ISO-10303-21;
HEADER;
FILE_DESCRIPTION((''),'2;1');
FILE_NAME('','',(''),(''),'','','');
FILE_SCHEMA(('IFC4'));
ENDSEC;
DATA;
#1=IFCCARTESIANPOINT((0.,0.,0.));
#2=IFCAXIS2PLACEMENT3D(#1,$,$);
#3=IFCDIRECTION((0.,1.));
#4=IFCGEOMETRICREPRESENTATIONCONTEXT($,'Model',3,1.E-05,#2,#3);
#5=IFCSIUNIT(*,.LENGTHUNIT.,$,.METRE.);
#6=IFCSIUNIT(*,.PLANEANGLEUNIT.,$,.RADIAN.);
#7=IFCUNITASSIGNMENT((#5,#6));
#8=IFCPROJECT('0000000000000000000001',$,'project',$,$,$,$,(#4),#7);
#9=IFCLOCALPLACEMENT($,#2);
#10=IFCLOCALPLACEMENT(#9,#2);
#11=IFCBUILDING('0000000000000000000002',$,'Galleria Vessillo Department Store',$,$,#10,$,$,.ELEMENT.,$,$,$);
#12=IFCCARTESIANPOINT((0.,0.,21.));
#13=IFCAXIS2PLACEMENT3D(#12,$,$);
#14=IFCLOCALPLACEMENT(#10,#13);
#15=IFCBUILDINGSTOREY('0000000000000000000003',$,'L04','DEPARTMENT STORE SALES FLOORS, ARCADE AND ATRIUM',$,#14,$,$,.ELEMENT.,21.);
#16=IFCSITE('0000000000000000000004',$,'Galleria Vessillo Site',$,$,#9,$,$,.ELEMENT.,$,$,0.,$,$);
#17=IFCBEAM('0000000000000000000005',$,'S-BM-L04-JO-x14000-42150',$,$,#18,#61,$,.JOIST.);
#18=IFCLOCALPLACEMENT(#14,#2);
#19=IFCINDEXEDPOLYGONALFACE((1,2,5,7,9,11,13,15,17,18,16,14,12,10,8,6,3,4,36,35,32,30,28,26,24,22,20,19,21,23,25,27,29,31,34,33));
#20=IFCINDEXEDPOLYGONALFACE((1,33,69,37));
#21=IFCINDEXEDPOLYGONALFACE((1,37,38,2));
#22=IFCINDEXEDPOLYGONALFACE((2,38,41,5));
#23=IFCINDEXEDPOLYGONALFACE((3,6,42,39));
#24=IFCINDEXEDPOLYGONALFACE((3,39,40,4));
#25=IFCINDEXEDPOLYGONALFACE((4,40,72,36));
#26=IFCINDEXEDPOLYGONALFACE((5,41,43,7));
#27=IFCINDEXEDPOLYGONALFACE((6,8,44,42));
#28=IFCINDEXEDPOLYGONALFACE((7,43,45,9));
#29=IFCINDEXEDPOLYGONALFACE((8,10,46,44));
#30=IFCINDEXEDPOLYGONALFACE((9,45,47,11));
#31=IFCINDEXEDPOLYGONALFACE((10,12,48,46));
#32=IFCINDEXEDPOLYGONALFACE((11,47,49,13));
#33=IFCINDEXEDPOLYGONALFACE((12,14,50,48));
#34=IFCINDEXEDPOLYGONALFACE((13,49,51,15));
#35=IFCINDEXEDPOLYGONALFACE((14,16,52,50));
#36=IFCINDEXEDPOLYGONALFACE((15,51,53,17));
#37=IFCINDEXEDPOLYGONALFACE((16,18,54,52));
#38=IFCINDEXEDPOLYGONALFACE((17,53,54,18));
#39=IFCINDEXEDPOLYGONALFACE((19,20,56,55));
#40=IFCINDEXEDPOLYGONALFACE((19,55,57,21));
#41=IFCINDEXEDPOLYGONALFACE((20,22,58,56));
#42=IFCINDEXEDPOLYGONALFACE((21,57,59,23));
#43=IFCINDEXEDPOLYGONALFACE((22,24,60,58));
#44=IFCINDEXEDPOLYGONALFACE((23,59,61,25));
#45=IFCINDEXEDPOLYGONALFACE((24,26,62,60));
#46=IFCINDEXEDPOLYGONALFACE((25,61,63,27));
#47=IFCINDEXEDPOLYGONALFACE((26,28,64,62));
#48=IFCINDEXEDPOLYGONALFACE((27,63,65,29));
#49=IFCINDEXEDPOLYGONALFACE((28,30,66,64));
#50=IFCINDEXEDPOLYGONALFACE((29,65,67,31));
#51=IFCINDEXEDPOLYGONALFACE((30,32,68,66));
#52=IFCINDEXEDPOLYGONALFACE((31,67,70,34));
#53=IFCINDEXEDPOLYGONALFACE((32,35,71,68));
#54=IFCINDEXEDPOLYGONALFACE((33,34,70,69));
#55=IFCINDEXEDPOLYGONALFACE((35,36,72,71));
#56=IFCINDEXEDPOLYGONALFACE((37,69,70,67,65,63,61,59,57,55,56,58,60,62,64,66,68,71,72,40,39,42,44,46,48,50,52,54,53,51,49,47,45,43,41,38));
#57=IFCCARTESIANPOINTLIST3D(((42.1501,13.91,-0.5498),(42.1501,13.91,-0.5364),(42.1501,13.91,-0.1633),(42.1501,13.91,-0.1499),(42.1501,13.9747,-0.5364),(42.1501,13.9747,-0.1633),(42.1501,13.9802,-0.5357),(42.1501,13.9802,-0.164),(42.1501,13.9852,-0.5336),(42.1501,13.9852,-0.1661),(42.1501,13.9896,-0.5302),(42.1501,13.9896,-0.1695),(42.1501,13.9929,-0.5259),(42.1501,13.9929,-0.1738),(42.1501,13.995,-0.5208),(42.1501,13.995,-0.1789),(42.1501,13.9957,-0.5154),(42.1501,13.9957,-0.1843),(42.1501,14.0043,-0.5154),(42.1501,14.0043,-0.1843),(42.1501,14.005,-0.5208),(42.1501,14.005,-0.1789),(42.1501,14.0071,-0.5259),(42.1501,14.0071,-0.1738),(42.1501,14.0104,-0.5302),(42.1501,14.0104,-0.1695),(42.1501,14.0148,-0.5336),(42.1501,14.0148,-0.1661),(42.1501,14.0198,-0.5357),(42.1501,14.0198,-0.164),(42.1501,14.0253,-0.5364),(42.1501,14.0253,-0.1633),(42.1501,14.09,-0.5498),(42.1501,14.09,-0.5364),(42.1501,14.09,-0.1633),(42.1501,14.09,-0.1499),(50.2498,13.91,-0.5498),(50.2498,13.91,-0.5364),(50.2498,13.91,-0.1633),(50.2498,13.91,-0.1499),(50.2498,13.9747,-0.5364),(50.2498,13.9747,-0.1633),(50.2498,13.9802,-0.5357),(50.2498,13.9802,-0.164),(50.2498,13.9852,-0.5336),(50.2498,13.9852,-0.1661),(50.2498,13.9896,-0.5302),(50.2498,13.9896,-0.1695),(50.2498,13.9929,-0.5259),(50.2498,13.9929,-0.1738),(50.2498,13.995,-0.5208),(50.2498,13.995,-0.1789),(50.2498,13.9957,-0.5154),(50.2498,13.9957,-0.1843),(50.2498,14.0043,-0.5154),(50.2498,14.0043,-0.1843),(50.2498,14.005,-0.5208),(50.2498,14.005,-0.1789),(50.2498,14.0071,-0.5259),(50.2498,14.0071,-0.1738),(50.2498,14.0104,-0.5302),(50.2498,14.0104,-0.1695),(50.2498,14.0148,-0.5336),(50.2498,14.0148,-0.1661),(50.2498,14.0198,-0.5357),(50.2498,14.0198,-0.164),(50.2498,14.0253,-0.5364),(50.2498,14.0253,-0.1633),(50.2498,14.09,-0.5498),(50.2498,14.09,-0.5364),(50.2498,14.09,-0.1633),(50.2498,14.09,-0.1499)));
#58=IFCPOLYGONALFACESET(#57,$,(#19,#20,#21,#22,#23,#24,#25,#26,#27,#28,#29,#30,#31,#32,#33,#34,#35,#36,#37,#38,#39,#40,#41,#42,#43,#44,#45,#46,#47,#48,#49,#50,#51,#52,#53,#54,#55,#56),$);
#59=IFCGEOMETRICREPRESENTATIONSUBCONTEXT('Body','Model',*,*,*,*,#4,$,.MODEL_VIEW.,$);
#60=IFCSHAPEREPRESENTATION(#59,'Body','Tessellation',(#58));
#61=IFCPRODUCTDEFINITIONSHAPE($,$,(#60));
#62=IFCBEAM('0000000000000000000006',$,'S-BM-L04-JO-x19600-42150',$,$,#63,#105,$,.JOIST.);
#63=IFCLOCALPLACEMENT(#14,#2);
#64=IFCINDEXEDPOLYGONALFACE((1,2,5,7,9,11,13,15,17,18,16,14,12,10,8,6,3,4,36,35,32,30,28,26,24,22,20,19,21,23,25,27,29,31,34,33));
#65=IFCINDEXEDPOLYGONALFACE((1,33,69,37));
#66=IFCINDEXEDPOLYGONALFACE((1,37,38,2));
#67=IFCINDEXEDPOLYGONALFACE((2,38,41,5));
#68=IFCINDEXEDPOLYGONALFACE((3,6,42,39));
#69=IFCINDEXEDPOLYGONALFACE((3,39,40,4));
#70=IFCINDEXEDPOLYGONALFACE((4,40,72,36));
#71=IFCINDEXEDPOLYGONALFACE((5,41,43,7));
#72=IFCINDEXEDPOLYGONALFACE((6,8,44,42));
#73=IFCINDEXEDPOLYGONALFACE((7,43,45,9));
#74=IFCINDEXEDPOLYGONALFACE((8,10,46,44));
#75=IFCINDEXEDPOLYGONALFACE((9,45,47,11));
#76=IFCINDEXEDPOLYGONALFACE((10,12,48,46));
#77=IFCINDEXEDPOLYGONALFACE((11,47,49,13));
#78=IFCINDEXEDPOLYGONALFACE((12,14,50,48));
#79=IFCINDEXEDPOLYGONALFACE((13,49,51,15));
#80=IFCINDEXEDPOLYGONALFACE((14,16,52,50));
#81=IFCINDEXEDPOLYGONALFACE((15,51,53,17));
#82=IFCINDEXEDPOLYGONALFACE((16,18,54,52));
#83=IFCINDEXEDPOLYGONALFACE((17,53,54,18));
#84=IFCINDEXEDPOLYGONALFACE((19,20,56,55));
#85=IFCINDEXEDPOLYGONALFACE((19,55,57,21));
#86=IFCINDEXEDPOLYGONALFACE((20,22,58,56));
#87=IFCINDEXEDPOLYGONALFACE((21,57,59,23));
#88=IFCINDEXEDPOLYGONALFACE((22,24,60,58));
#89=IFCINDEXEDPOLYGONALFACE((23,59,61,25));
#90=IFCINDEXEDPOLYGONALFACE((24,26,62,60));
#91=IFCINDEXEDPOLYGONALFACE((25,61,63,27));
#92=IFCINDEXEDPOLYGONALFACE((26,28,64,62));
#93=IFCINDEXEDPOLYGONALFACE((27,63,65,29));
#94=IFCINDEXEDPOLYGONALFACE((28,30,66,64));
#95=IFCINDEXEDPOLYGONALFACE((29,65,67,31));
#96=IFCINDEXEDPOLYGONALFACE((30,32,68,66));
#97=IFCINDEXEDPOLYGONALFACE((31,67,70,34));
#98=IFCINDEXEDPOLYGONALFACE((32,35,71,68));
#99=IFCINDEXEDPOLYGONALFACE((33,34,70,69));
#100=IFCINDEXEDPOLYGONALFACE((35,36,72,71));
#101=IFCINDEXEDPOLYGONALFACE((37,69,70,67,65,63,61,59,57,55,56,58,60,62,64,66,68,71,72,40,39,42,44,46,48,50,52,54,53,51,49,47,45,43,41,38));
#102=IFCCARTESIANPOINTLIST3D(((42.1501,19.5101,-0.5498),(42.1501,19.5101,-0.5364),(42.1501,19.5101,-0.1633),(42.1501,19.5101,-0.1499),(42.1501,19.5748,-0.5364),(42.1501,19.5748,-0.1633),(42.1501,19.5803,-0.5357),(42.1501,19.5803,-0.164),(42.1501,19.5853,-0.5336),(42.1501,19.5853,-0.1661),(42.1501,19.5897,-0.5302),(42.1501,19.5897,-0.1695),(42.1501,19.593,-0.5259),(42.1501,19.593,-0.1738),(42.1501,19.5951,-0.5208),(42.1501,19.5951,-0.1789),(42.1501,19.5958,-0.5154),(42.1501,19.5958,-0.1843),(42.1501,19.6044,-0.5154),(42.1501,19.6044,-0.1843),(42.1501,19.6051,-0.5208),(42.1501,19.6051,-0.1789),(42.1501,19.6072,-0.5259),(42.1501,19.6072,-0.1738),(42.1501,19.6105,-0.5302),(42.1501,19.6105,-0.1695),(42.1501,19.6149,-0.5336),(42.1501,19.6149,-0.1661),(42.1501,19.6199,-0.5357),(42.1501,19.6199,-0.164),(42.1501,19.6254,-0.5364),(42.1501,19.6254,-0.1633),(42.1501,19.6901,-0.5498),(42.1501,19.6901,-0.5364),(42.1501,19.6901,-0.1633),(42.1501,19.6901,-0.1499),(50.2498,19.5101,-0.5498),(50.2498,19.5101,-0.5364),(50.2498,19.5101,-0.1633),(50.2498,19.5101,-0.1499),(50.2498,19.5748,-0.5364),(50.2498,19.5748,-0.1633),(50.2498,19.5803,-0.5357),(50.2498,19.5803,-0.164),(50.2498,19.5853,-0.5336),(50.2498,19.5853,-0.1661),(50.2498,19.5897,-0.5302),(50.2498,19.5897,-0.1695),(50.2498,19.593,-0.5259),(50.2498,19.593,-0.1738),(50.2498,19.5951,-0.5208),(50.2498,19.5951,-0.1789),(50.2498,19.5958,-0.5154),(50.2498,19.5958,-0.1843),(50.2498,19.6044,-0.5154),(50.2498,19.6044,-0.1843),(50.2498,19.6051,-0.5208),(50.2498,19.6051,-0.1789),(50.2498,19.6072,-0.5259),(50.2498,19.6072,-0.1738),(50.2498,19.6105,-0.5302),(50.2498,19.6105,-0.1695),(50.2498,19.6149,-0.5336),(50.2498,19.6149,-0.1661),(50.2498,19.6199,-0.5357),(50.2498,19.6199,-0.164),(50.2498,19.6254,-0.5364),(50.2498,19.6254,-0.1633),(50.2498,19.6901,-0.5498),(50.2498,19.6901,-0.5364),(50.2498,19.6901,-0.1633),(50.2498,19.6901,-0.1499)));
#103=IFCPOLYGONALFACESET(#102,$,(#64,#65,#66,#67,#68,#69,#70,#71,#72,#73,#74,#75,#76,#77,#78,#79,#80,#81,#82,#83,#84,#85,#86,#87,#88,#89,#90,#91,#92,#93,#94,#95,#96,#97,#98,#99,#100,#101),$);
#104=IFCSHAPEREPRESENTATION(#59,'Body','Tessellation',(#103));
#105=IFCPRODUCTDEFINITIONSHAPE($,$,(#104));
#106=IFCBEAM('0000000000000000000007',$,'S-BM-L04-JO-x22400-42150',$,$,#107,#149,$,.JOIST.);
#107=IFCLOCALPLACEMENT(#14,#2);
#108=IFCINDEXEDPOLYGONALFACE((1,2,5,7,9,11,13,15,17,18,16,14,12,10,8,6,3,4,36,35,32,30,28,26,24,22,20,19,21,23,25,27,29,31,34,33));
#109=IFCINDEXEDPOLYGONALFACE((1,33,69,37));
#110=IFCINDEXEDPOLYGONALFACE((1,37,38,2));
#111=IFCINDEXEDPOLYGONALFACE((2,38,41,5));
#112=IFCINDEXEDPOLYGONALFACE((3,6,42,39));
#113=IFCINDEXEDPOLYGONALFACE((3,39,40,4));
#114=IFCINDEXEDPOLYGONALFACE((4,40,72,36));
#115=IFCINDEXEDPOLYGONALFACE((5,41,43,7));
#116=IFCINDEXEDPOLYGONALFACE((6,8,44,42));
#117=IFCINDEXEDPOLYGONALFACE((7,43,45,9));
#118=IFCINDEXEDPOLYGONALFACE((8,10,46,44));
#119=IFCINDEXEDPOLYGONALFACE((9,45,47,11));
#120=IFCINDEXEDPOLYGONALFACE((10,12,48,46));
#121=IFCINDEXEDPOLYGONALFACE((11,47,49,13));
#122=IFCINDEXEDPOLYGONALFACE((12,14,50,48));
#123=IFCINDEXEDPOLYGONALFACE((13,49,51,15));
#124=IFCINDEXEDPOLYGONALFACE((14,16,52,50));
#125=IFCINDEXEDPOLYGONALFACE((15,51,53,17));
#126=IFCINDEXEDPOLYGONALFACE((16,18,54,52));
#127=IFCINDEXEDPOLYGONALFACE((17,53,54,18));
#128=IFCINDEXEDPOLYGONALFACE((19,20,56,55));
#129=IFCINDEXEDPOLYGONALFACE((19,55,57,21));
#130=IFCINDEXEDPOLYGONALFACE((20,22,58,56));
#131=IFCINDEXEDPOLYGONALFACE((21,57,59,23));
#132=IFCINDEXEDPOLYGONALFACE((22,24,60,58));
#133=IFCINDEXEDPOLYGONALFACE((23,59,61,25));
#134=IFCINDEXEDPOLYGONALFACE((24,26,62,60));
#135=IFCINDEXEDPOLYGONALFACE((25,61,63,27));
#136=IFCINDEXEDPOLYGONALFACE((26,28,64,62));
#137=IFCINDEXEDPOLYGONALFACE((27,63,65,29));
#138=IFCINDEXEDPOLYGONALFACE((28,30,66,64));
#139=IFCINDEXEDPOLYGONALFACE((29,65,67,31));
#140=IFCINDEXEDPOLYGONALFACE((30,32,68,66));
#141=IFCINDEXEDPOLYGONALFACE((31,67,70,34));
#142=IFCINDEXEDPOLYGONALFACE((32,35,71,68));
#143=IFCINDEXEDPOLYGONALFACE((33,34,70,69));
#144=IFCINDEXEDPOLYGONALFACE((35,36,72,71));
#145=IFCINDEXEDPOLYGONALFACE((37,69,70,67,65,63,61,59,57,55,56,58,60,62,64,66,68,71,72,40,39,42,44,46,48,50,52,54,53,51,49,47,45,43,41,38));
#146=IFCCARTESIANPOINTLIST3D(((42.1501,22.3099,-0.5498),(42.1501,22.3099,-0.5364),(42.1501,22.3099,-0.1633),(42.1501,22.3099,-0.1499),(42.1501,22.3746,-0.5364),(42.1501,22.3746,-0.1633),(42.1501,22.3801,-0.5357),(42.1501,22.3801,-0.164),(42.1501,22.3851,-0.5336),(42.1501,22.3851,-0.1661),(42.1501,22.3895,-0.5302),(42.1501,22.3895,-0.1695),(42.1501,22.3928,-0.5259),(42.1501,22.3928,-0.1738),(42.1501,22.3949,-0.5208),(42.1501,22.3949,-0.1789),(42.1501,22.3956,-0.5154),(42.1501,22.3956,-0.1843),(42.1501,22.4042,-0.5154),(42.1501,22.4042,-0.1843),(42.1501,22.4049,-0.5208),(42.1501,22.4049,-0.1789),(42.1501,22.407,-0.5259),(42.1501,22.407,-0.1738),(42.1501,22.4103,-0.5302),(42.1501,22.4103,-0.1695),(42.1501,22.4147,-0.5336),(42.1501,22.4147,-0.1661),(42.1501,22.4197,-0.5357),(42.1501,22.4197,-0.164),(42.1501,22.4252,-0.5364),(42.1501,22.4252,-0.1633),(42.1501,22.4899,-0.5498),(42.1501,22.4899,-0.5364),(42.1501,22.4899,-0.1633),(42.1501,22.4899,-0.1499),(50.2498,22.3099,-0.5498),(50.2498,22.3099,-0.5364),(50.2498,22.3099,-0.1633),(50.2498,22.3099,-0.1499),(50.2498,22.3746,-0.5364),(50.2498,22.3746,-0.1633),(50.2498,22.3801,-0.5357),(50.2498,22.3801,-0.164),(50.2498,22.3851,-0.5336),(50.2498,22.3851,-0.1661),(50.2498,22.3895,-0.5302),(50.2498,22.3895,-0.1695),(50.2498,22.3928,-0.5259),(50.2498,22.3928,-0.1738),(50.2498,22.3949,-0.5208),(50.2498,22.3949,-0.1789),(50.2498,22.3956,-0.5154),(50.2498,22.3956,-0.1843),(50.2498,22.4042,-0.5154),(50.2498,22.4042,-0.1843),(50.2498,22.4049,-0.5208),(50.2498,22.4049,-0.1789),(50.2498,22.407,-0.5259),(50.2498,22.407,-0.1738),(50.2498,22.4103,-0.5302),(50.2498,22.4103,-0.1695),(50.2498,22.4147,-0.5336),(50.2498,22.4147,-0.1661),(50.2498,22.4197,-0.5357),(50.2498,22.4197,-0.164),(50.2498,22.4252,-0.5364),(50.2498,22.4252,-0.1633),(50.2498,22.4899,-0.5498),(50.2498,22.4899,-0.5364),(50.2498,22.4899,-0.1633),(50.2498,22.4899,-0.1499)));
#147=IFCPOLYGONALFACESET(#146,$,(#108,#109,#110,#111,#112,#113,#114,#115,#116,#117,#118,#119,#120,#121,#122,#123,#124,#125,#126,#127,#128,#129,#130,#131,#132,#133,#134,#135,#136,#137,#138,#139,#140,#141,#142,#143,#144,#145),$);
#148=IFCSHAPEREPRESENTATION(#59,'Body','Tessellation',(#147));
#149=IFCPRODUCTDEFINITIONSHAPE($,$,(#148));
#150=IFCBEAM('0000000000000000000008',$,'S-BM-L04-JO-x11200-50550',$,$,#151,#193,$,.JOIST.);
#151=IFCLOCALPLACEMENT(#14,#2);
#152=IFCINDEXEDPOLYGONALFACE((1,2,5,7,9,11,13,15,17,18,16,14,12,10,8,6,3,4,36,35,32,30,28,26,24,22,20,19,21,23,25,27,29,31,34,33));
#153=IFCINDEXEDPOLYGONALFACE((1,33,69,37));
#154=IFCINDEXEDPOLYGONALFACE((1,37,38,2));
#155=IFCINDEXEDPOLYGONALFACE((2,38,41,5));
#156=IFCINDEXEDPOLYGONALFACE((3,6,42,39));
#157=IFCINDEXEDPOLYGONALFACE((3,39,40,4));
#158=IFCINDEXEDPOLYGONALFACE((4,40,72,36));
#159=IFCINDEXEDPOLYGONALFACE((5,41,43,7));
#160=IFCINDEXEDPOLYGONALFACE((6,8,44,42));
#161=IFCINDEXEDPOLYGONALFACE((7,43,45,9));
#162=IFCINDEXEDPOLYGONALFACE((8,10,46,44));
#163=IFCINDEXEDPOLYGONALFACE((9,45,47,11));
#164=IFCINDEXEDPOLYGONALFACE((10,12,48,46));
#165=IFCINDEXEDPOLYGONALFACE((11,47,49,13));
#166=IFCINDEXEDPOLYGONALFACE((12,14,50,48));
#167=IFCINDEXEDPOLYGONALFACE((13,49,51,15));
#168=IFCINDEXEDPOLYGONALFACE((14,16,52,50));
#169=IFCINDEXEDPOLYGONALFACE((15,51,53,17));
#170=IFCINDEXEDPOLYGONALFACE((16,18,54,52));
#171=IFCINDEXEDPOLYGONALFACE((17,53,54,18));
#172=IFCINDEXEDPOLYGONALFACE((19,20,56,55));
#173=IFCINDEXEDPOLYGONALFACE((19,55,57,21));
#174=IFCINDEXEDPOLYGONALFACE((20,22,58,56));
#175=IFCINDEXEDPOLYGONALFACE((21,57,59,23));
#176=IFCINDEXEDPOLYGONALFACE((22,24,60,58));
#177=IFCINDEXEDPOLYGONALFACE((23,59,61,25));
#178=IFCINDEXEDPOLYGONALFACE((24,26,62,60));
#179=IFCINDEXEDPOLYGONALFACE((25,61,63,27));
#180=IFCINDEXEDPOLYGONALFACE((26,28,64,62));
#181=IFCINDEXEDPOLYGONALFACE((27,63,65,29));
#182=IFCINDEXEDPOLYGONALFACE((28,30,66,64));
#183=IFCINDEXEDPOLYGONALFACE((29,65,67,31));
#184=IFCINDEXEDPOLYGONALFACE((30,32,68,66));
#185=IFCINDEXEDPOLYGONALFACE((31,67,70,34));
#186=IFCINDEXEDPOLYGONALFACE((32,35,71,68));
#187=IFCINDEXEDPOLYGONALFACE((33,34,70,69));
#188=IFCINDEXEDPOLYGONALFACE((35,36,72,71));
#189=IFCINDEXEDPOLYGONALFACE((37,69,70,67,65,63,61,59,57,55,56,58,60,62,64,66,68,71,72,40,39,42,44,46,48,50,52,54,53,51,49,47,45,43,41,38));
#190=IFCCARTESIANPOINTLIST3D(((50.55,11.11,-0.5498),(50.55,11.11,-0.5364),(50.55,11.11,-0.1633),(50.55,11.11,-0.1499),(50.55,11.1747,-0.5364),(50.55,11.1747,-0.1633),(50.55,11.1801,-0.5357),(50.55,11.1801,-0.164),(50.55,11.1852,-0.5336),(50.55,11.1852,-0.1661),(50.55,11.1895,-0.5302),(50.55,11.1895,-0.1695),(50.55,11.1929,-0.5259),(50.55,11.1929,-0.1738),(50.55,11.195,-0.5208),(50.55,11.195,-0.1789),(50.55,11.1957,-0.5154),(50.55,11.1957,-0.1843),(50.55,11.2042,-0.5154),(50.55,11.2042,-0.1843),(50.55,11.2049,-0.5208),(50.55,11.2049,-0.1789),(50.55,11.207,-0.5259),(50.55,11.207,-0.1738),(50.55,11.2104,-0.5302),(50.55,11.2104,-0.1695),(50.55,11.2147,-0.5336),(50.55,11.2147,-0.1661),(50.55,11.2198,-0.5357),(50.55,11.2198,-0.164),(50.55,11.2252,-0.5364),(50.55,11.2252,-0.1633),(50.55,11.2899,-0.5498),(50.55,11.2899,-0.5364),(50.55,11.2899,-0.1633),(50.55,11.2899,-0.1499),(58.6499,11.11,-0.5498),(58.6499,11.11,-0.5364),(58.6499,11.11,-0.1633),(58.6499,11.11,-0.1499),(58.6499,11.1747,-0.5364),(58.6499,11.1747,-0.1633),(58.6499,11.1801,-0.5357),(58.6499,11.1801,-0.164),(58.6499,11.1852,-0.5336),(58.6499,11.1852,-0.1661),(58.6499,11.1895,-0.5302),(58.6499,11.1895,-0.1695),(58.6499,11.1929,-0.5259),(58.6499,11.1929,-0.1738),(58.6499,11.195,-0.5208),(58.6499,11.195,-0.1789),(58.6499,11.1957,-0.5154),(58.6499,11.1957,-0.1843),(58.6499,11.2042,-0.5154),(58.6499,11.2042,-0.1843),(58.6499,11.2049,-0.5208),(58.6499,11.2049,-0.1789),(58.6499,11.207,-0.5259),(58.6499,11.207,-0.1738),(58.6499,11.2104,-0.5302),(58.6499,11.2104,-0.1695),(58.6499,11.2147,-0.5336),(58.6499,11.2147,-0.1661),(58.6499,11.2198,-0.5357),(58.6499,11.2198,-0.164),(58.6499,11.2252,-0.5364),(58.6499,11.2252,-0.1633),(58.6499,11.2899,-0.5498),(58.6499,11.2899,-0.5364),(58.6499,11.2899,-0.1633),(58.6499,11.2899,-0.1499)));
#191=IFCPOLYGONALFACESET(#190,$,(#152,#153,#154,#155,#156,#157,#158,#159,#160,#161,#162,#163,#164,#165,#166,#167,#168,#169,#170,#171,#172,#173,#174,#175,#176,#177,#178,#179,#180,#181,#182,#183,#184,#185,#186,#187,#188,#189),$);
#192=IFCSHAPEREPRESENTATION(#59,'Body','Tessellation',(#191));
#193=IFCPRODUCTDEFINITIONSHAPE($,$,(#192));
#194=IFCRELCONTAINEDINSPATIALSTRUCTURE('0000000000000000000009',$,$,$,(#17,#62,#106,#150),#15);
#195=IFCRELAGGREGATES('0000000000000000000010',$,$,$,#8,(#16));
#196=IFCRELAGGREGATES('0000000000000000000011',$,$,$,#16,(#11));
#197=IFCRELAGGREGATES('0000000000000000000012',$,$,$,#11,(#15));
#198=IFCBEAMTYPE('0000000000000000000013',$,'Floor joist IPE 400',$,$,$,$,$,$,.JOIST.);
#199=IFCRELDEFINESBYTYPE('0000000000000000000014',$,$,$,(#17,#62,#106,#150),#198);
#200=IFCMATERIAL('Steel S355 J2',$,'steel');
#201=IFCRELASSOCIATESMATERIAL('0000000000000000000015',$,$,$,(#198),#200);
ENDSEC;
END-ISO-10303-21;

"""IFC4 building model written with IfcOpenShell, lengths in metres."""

from ifc_helpers import new_model, si_unit, direction, frame, origin, origin_2d, place, context, subcontext, project, spatial, i_section, extrude, material, material_profile, profile_set, type_object, element, save


model = new_model("IFC4")

# Units and contexts
model_context = context("Model", 3, precision=1e-05, world=origin(), true_north=direction((0.0, 1.0)))
body_context = subcontext(model_context, "Body", "Model", "MODEL_VIEW")
ifc_project = project(units=[si_unit("LENGTHUNIT", "METRE"), si_unit("PLANEANGLEUNIT", "RADIAN")], contexts=[model_context])

# Site, building, storey
site_placement = place(None, origin())
site = spatial("IfcSite", under=ifc_project, at=site_placement, Name="Galleria Vessillo Site", CompositionType="ELEMENT", RefElevation=0.0)
building_placement = place(site_placement, origin())
building = spatial("IfcBuilding", under=site, at=building_placement, Name="Galleria Vessillo Department Store", CompositionType="ELEMENT")
storey_placement = place(building_placement, frame((0.0, 0.0, 21.0)))
storey = spatial("IfcBuildingStorey", under=building, at=storey_placement, Name="L04", Description="DEPARTMENT STORE SALES FLOORS, ARCADE AND ATRIUM", CompositionType="ELEMENT", Elevation=21.0)

# Beams
ifc_material_1 = material(Name="Steel S355 J2", Category="steel")
ifc_material_profile_1 = material_profile(ifc_material_1, i_section(OverallWidth=0.1799, OverallDepth=0.3999, WebThickness=0.0085, FlangeThickness=0.0134, FilletRadius=0.021, at=origin_2d()), Name="IPE 400")
ifc_profile_set_1 = profile_set([ifc_material_profile_1], Name="Steel S355 J2")
beam_type_1 = type_object("IfcBeamType", Name="Floor joist IPE 400", PredefinedType="JOIST", material=ifc_profile_set_1)
for number, where, z_axis, x_axis, name in (
    (1, (42.1501, 14.0, -0.3499), (1.0, 0.0, 0.0), (0.0, 1.0, 0.0), "S-BM-L04-JO-x14000-42150"),
    (2, (42.1501, 19.6001, -0.3499), (1.0, 0.0, 0.0), (0.0, 1.0, 0.0), "S-BM-L04-JO-x19600-42150"),
    (3, (42.1501, 22.3999, -0.3499), (1.0, 0.0, 0.0), (0.0, 1.0, 0.0), "S-BM-L04-JO-x22400-42150"),
):
    element("IfcBeam", number, at=place(storey_placement, frame(where, z_axis=z_axis, x_axis=x_axis)), inside=storey, type_object=beam_type_1, Name=name, PredefinedType="JOIST", context=body_context, shape_type="SweptSolid", body=[
        extrude(i_section(OverallWidth=0.1799, OverallDepth=0.3999, WebThickness=0.0085, FlangeThickness=0.0134, FilletRadius=0.021, at=origin_2d()), origin(), (0.0, 0.0, 1.0), 8.0996),
    ])
for number, where, z_axis, x_axis, name in (
    (4, (50.55, 11.2, -0.3499), (1.0, 0.0, 0.0), (0.0, 1.0, 0.0), "S-BM-L04-JO-x11200-50550"),
):
    element("IfcBeam", number, at=place(storey_placement, frame(where, z_axis=z_axis, x_axis=x_axis)), inside=storey, type_object=beam_type_1, Name=name, PredefinedType="JOIST", context=body_context, shape_type="SweptSolid", body=[
        extrude(i_section(OverallWidth=0.1799, OverallDepth=0.3999, WebThickness=0.0085, FlangeThickness=0.0134, FilletRadius=0.021, at=origin_2d()), origin(), (0.0, 0.0, 1.0), 8.0999),
    ])

save(model, "model.ifc")
